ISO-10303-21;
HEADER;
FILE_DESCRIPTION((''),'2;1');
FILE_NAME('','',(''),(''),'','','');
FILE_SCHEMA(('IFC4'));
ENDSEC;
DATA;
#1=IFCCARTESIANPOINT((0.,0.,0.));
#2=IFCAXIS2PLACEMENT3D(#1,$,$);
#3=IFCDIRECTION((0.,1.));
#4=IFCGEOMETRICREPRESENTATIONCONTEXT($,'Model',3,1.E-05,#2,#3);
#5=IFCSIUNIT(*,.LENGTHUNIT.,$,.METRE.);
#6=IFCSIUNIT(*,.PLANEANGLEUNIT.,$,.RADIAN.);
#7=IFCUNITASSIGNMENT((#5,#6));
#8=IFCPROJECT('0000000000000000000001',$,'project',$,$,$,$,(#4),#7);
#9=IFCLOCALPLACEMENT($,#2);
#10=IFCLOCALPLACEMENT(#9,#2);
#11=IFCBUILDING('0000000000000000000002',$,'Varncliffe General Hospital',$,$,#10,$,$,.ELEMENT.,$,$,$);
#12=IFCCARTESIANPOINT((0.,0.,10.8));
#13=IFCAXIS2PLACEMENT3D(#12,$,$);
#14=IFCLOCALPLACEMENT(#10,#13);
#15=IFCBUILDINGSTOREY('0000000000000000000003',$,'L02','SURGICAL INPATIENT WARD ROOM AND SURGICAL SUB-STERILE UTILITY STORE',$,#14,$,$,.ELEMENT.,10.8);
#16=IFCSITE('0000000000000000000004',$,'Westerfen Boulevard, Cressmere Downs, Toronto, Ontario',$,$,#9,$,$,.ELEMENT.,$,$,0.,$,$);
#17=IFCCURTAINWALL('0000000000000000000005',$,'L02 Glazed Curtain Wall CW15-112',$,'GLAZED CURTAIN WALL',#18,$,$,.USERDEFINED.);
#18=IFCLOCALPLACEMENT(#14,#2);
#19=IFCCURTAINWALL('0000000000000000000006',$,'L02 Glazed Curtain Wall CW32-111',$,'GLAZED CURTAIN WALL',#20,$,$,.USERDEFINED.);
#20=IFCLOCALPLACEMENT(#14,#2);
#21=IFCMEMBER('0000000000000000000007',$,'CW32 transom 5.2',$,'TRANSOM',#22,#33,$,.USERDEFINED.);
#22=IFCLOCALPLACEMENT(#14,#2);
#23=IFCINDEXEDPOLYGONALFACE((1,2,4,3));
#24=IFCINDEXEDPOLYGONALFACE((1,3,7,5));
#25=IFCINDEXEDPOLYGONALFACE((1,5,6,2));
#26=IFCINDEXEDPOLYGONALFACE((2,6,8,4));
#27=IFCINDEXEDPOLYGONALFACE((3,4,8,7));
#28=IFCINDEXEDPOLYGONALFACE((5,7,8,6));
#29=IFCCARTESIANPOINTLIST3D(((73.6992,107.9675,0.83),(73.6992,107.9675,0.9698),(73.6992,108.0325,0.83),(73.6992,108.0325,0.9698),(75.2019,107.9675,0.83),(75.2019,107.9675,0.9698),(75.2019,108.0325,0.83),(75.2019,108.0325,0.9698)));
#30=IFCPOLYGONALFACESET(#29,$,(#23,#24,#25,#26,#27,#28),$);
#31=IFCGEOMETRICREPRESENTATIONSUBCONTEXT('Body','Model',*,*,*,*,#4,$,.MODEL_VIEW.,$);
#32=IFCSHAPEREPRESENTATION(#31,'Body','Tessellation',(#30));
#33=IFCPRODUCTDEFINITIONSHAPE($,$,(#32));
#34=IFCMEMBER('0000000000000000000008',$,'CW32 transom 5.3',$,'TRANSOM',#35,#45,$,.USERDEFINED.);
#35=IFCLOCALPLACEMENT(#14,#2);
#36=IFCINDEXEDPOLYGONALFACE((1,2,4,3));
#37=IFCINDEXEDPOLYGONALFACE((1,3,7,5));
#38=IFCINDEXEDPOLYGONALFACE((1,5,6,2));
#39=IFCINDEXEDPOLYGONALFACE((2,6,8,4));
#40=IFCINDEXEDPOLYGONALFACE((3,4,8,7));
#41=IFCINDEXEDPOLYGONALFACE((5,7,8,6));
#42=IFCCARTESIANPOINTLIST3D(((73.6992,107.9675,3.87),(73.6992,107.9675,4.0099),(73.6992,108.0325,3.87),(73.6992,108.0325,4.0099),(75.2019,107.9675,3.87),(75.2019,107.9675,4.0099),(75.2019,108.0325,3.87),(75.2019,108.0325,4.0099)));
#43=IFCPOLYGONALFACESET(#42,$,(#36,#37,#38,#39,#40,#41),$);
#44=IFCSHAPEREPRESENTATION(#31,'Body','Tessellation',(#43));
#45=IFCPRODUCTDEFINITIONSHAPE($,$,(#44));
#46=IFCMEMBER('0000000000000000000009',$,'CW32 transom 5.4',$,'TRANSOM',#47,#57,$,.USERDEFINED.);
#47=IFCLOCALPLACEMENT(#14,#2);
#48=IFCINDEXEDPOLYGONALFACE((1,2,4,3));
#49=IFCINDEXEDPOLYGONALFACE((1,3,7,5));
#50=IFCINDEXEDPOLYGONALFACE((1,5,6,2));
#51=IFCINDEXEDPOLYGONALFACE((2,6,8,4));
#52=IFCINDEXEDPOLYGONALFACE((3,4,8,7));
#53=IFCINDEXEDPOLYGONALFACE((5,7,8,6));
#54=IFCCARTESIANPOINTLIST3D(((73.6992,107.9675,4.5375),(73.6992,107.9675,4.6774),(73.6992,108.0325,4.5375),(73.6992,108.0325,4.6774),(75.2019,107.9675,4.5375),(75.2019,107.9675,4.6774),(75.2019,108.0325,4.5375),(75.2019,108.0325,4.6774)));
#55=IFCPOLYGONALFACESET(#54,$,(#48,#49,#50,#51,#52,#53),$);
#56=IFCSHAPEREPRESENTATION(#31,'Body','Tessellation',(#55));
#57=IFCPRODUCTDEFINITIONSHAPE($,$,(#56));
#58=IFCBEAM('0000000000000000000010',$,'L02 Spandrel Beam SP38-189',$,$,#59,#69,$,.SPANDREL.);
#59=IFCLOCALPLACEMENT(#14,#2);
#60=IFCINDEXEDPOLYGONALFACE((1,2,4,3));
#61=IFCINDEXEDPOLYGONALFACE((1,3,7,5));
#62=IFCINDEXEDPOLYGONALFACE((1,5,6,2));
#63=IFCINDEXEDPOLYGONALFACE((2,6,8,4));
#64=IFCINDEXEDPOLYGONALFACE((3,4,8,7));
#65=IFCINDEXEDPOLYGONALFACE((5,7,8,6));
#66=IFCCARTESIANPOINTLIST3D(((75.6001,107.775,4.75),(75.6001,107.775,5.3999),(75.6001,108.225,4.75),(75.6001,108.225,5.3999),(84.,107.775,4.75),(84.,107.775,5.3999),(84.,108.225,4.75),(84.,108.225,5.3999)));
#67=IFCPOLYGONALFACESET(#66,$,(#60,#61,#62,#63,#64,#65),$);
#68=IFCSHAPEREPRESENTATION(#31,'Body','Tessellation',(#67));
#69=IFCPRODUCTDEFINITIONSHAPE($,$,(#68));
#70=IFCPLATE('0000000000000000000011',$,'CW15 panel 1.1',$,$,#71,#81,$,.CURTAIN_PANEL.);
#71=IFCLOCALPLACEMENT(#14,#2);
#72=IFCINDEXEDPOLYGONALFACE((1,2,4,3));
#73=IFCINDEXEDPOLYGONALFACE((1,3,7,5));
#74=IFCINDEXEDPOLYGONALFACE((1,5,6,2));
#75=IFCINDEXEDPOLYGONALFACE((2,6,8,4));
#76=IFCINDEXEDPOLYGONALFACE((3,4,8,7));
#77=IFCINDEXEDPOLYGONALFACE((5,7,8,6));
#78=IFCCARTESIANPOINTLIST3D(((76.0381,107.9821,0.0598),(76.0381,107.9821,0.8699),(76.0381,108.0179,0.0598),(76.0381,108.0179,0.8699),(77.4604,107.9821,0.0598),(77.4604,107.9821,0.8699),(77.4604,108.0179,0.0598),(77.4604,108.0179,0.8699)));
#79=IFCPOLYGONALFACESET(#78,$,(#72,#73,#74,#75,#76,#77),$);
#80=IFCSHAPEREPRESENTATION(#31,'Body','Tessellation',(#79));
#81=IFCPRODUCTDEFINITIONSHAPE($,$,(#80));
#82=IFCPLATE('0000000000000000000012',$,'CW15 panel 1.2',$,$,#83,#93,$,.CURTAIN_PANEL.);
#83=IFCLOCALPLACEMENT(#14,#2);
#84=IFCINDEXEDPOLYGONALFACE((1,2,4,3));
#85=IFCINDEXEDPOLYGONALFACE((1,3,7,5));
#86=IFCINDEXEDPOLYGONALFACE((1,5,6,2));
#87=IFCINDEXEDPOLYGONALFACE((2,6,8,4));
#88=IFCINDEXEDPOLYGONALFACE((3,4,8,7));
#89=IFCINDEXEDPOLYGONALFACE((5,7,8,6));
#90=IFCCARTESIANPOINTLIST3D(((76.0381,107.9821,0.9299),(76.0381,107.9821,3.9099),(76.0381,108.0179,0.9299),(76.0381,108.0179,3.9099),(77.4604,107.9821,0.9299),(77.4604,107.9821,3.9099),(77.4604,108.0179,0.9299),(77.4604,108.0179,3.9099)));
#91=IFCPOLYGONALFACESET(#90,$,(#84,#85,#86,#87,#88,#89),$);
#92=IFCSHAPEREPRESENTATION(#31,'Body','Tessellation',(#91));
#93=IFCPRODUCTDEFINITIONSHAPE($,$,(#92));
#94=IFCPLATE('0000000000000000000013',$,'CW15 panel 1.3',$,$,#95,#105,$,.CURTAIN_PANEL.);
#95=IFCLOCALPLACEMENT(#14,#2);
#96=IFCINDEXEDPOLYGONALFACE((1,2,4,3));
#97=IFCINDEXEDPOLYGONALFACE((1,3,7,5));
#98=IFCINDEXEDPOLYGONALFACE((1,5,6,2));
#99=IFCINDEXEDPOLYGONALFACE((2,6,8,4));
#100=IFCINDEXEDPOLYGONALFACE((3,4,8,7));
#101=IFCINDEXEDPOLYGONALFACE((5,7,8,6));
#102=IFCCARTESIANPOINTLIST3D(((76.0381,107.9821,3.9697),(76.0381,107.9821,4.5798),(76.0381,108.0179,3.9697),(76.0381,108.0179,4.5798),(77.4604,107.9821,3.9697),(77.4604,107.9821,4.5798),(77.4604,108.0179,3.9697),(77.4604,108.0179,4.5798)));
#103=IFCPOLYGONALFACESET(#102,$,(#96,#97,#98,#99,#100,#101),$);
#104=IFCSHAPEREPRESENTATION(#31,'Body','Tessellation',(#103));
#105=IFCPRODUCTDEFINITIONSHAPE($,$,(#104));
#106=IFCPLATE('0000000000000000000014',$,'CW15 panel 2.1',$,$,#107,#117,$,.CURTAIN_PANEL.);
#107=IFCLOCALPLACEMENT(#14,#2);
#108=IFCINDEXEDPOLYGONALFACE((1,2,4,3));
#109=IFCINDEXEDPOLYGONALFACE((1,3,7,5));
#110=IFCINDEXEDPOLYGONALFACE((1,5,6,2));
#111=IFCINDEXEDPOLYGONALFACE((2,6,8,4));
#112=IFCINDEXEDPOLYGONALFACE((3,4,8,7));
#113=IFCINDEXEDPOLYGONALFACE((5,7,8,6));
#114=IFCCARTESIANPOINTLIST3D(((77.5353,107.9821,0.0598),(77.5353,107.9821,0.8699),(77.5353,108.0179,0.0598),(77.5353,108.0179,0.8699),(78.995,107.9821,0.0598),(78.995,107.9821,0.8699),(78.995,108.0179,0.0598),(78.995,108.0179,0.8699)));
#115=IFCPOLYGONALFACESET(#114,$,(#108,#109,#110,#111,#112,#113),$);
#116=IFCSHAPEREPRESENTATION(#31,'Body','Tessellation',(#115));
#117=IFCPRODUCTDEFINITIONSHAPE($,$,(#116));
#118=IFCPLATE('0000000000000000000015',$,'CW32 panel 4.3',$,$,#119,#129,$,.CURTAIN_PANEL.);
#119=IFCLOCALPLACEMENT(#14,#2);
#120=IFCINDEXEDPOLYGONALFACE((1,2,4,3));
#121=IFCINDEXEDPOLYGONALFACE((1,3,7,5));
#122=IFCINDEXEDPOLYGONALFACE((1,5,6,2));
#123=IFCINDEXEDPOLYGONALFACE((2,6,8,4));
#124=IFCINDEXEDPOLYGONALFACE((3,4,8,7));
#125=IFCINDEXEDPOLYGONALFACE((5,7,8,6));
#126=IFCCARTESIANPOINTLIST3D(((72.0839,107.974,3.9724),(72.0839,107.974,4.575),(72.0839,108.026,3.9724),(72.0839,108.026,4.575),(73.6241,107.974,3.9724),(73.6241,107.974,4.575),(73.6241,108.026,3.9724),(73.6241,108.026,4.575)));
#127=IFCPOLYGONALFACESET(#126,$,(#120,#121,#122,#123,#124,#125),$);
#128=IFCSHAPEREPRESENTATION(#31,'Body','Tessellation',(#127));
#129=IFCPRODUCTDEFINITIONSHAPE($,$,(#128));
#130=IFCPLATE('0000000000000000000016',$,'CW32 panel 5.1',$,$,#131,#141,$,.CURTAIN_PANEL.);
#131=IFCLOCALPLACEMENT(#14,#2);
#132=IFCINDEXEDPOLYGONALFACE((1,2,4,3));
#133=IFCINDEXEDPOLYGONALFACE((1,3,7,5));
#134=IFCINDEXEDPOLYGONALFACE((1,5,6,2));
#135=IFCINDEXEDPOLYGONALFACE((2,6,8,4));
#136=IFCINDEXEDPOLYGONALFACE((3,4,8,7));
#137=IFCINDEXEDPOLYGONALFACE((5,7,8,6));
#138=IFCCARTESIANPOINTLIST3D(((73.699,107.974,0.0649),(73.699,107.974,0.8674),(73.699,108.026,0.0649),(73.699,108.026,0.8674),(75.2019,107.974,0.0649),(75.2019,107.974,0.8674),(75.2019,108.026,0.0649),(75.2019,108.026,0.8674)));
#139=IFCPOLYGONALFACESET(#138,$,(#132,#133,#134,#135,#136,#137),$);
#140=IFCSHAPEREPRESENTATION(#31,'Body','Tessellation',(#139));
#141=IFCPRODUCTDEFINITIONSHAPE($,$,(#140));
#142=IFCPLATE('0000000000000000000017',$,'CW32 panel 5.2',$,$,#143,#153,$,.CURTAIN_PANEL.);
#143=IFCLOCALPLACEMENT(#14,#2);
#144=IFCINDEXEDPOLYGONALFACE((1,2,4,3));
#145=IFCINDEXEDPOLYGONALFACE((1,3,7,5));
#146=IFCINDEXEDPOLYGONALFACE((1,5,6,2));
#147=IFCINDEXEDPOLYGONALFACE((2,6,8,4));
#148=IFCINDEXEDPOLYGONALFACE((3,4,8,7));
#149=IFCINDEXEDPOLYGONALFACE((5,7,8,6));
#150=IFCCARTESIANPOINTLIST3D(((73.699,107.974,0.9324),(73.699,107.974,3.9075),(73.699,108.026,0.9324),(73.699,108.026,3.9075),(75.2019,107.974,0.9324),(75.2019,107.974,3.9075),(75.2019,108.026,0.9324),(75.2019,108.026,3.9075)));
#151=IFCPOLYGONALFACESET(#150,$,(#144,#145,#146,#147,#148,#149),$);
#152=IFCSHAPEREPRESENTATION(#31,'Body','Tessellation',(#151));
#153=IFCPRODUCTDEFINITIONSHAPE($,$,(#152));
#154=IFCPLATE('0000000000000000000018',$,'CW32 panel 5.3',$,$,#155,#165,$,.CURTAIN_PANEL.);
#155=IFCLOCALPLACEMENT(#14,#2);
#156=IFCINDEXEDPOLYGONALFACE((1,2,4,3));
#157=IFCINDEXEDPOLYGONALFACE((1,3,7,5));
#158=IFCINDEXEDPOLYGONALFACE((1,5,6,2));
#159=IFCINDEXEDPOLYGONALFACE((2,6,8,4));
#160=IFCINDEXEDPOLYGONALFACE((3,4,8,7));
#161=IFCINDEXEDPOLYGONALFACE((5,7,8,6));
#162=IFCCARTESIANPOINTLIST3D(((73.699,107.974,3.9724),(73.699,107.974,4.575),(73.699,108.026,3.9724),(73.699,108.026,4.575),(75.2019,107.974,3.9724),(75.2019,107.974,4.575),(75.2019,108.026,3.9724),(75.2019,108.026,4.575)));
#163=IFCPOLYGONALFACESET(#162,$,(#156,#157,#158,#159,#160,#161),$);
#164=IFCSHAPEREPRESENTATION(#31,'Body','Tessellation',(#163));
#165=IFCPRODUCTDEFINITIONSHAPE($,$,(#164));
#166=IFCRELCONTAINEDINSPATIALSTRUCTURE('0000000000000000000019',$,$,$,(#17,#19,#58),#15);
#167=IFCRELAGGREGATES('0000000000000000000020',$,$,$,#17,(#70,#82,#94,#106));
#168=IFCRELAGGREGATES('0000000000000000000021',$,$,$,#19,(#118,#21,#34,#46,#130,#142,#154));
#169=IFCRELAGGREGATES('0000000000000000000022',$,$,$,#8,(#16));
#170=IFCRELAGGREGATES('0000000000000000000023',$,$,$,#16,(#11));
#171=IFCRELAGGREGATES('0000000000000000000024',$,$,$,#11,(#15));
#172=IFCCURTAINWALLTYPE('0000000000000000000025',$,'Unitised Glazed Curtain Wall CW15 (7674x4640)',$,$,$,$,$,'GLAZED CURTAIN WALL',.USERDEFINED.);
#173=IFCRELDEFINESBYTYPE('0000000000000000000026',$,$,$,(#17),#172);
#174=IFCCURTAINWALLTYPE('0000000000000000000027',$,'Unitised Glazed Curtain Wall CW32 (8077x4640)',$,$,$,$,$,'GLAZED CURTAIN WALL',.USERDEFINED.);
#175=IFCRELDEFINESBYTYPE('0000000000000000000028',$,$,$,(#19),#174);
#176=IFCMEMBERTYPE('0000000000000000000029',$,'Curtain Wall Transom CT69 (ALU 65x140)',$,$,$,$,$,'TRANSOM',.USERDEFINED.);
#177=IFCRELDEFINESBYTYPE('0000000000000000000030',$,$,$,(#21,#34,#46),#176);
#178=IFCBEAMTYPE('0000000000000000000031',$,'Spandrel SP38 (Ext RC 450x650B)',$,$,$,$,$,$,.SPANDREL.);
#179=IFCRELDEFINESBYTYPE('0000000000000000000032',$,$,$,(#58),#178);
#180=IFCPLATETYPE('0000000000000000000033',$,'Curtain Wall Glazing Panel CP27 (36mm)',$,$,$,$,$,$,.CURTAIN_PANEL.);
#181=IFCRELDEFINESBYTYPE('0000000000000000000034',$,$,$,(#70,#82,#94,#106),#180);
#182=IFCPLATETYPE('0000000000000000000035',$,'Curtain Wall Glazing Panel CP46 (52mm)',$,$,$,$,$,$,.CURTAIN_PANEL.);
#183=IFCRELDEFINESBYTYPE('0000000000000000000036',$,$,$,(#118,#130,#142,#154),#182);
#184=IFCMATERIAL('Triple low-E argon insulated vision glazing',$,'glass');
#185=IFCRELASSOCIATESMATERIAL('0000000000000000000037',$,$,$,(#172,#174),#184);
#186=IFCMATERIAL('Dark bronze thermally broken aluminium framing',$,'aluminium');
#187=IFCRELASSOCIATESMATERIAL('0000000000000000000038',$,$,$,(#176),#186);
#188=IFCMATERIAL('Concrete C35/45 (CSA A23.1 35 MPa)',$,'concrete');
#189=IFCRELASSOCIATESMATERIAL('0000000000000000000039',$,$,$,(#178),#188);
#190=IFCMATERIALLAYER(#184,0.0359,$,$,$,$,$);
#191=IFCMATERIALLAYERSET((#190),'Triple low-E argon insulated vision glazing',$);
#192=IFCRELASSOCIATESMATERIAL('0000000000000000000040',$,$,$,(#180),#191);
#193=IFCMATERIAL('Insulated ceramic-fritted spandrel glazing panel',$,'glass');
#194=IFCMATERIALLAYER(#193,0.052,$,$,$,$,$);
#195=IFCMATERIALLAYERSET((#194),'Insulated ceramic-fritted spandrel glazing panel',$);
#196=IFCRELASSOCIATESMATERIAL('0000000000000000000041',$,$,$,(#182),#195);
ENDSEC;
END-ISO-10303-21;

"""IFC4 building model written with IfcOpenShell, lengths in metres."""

from ifc_helpers import new_model, si_unit, direction, frame, origin, origin_2d, place, context, subcontext, project, spatial, rectangle, extrude, material, layer, layer_set, material_profile, profile_set, type_object, element, aggregate, save


model = new_model("IFC4")

# Units and contexts
model_context = context("Model", 3, precision=1e-05, world=origin(), true_north=direction((0.0, 1.0)))
body_context = subcontext(model_context, "Body", "Model", "MODEL_VIEW")
ifc_project = project(units=[si_unit("LENGTHUNIT", "METRE"), si_unit("PLANEANGLEUNIT", "RADIAN")], contexts=[model_context])

# Site, building, storey
site_placement = place(None, origin())
site = spatial("IfcSite", under=ifc_project, at=site_placement, Name="Westerfen Boulevard, Cressmere Downs, Toronto, Ontario", CompositionType="ELEMENT", RefElevation=0.0)
building_placement = place(site_placement, origin())
building = spatial("IfcBuilding", under=site, at=building_placement, Name="Varncliffe General Hospital", CompositionType="ELEMENT")
storey_placement = place(building_placement, frame((0.0, 0.0, 10.8)))
storey = spatial("IfcBuildingStorey", under=building, at=storey_placement, Name="L02", Description="SURGICAL INPATIENT WARD ROOM AND SURGICAL SUB-STERILE UTILITY STORE", CompositionType="ELEMENT", Elevation=10.8)

# Curtain walls
ifc_material_1 = material(Name="Triple low-E argon insulated vision glazing", Category="glass")
curtain_wall_type_1 = type_object("IfcCurtainWallType", Name="Unitised Glazed Curtain Wall CW15 (7674x4640)", ElementType="GLAZED CURTAIN WALL", PredefinedType="USERDEFINED", material=ifc_material_1)
curtain_wall_1_placement = place(storey_placement, origin())
curtain_wall_1 = element("IfcCurtainWall", 1, at=curtain_wall_1_placement, inside=storey, type_object=curtain_wall_type_1, Name="L02 Glazed Curtain Wall CW15-112", ObjectType="GLAZED CURTAIN WALL", PredefinedType="USERDEFINED")
ifc_material_2 = material(Name="Dark bronze thermally broken aluminium framing", Category="aluminium")
curtain_wall_type_2 = type_object("IfcCurtainWallType", Name="Unitised Glazed Curtain Wall CW32 (8077x4640)", ElementType="GLAZED CURTAIN WALL", PredefinedType="USERDEFINED", material=ifc_material_1)
curtain_wall_2_placement = place(storey_placement, origin())
curtain_wall_2 = element("IfcCurtainWall", 2, at=curtain_wall_2_placement, inside=storey, type_object=curtain_wall_type_2, Name="L02 Glazed Curtain Wall CW32-111", ObjectType="GLAZED CURTAIN WALL", PredefinedType="USERDEFINED")

# Members
ifc_material_profile_1 = material_profile(ifc_material_2, rectangle(XDim=0.0649, YDim=0.1399, at=origin_2d()), Name="ALU 65x140")
ifc_profile_set_1 = profile_set([ifc_material_profile_1], Name="Dark bronze thermally broken aluminium framing")
member_type_1 = type_object("IfcMemberType", Name="Curtain Wall Transom CT69 (ALU 65x140)", ElementType="TRANSOM", PredefinedType="USERDEFINED", material=ifc_profile_set_1)
member_1_placement = place(storey_placement, frame((73.6992, 108.0, 0.8999), z_axis=(1.0, 0.0, 0.0), x_axis=(0.0, 1.0, 0.0)))
member_1 = element("IfcMember", 3, at=member_1_placement, type_object=member_type_1, Name="CW32 transom 5.2", ObjectType="TRANSOM", PredefinedType="USERDEFINED", context=body_context, shape_type="SweptSolid", body=[
    extrude(rectangle(XDim=0.0649, YDim=0.1399, at=origin_2d()), origin(), (0.0, 0.0, 1.0), 1.5027),
])
member_2_placement = place(storey_placement, frame((73.6992, 108.0, 3.9399), z_axis=(1.0, 0.0, 0.0), x_axis=(0.0, 1.0, 0.0)))
member_2 = element("IfcMember", 4, at=member_2_placement, type_object=member_type_1, Name="CW32 transom 5.3", ObjectType="TRANSOM", PredefinedType="USERDEFINED", context=body_context, shape_type="SweptSolid", body=[
    extrude(rectangle(XDim=0.0649, YDim=0.1399, at=origin_2d()), origin(), (0.0, 0.0, 1.0), 1.5027),
])
member_3_placement = place(storey_placement, frame((73.6992, 108.0, 4.6074), z_axis=(1.0, 0.0, 0.0), x_axis=(0.0, 1.0, 0.0)))
member_3 = element("IfcMember", 5, at=member_3_placement, type_object=member_type_1, Name="CW32 transom 5.4", ObjectType="TRANSOM", PredefinedType="USERDEFINED", context=body_context, shape_type="SweptSolid", body=[
    extrude(rectangle(XDim=0.0649, YDim=0.1399, at=origin_2d()), origin(), (0.0, 0.0, 1.0), 1.5027),
])

# Beam
ifc_material_3 = material(Name="Concrete C35/45 (CSA A23.1 35 MPa)", Category="concrete")
ifc_material_profile_2 = material_profile(ifc_material_3, rectangle(XDim=0.45, YDim=0.6499, at=origin_2d()), Name="RC 450x650")
ifc_profile_set_2 = profile_set([ifc_material_profile_2], Name="Concrete C35/45 (CSA A23.1 35 MPa)")
beam_type = type_object("IfcBeamType", Name="Spandrel SP38 (Ext RC 450x650B)", PredefinedType="SPANDREL", material=ifc_profile_set_2)
beam_placement = place(storey_placement, frame((75.6001, 108.0, 5.075), z_axis=(1.0, 0.0, 0.0), x_axis=(0.0, 1.0, 0.0)))
element("IfcBeam", 6, at=beam_placement, inside=storey, type_object=beam_type, Name="L02 Spandrel Beam SP38-189", PredefinedType="SPANDREL", context=body_context, shape_type="SweptSolid", body=[
    extrude(rectangle(XDim=0.45, YDim=0.6499, at=origin_2d()), origin(), (0.0, 0.0, 1.0), 8.3999),
])

# Plates
ifc_layer_1 = layer(ifc_material_1, 0.0359)
ifc_layer_set_1 = layer_set([ifc_layer_1], Name="Triple low-E argon insulated vision glazing")
plate_type_1 = type_object("IfcPlateType", Name="Curtain Wall Glazing Panel CP27 (36mm)", PredefinedType="CURTAIN_PANEL", material=ifc_layer_set_1)
plate_1_placement = place(storey_placement, frame((76.7493, 108.0, 0.0598), z_axis=(0.0, 0.0, 1.0), x_axis=(1.0, 0.0, 0.0)))
plate_1 = element("IfcPlate", 7, at=plate_1_placement, type_object=plate_type_1, Name="CW15 panel 1.1", PredefinedType="CURTAIN_PANEL", context=body_context, shape_type="SweptSolid", body=[
    extrude(rectangle(XDim=1.4224, YDim=0.0359, at=origin_2d()), origin(), (0.0, 0.0, 1.0), 0.8101),
])
plate_2_placement = place(storey_placement, frame((76.7493, 108.0, 0.9299), z_axis=(0.0, 0.0, 1.0), x_axis=(1.0, 0.0, 0.0)))
plate_2 = element("IfcPlate", 8, at=plate_2_placement, type_object=plate_type_1, Name="CW15 panel 1.2", PredefinedType="CURTAIN_PANEL", context=body_context, shape_type="SweptSolid", body=[
    extrude(rectangle(XDim=1.4224, YDim=0.0359, at=origin_2d()), origin(), (0.0, 0.0, 1.0), 2.98),
])
plate_3_placement = place(storey_placement, frame((76.7493, 108.0, 3.9697), z_axis=(0.0, 0.0, 1.0), x_axis=(1.0, 0.0, 0.0)))
plate_3 = element("IfcPlate", 9, at=plate_3_placement, type_object=plate_type_1, Name="CW15 panel 1.3", PredefinedType="CURTAIN_PANEL", context=body_context, shape_type="SweptSolid", body=[
    extrude(rectangle(XDim=1.4224, YDim=0.0359, at=origin_2d()), origin(), (0.0, 0.0, 1.0), 0.6101),
])
plate_4_placement = place(storey_placement, frame((78.2651, 108.0, 0.0598), z_axis=(0.0, 0.0, 1.0), x_axis=(1.0, 0.0, 0.0)))
plate_4 = element("IfcPlate", 10, at=plate_4_placement, type_object=plate_type_1, Name="CW15 panel 2.1", PredefinedType="CURTAIN_PANEL", context=body_context, shape_type="SweptSolid", body=[
    extrude(rectangle(XDim=1.4597, YDim=0.0359, at=origin_2d()), origin(), (0.0, 0.0, 1.0), 0.8101),
])
aggregate(curtain_wall_1, [plate_1, plate_2, plate_3, plate_4])
ifc_material_4 = material(Name="Insulated ceramic-fritted spandrel glazing panel", Category="glass")
ifc_layer_2 = layer(ifc_material_4, 0.052)
ifc_layer_set_2 = layer_set([ifc_layer_2], Name="Insulated ceramic-fritted spandrel glazing panel")
plate_type_2 = type_object("IfcPlateType", Name="Curtain Wall Glazing Panel CP46 (52mm)", PredefinedType="CURTAIN_PANEL", material=ifc_layer_set_2)
plate_5_placement = place(storey_placement, frame((72.854, 108.0, 3.9724), z_axis=(0.0, 0.0, 1.0), x_axis=(1.0, 0.0, 0.0)))
plate_5 = element("IfcPlate", 11, at=plate_5_placement, type_object=plate_type_2, Name="CW32 panel 4.3", PredefinedType="CURTAIN_PANEL", context=body_context, shape_type="SweptSolid", body=[
    extrude(rectangle(XDim=1.5403, YDim=0.052, at=origin_2d()), origin(), (0.0, 0.0, 1.0), 0.6025),
])
plate_6_placement = place(storey_placement, frame((74.4504, 108.0, 0.0649), z_axis=(0.0, 0.0, 1.0), x_axis=(1.0, 0.0, 0.0)))
plate_6 = element("IfcPlate", 12, at=plate_6_placement, type_object=plate_type_2, Name="CW32 panel 5.1", PredefinedType="CURTAIN_PANEL", context=body_context, shape_type="SweptSolid", body=[
    extrude(rectangle(XDim=1.5029, YDim=0.052, at=origin_2d()), origin(), (0.0, 0.0, 1.0), 0.8025),
])
plate_7_placement = place(storey_placement, frame((74.4504, 108.0, 0.9324), z_axis=(0.0, 0.0, 1.0), x_axis=(1.0, 0.0, 0.0)))
plate_7 = element("IfcPlate", 13, at=plate_7_placement, type_object=plate_type_2, Name="CW32 panel 5.2", PredefinedType="CURTAIN_PANEL", context=body_context, shape_type="SweptSolid", body=[
    extrude(rectangle(XDim=1.5029, YDim=0.052, at=origin_2d()), origin(), (0.0, 0.0, 1.0), 2.9751),
])
plate_8_placement = place(storey_placement, frame((74.4504, 108.0, 3.9724), z_axis=(0.0, 0.0, 1.0), x_axis=(1.0, 0.0, 0.0)))
plate_8 = element("IfcPlate", 14, at=plate_8_placement, type_object=plate_type_2, Name="CW32 panel 5.3", PredefinedType="CURTAIN_PANEL", context=body_context, shape_type="SweptSolid", body=[
    extrude(rectangle(XDim=1.5029, YDim=0.052, at=origin_2d()), origin(), (0.0, 0.0, 1.0), 0.6025),
])
aggregate(curtain_wall_2, [plate_5, member_1, member_2, member_3, plate_6, plate_7, plate_8])

save(model, "model.ifc")
